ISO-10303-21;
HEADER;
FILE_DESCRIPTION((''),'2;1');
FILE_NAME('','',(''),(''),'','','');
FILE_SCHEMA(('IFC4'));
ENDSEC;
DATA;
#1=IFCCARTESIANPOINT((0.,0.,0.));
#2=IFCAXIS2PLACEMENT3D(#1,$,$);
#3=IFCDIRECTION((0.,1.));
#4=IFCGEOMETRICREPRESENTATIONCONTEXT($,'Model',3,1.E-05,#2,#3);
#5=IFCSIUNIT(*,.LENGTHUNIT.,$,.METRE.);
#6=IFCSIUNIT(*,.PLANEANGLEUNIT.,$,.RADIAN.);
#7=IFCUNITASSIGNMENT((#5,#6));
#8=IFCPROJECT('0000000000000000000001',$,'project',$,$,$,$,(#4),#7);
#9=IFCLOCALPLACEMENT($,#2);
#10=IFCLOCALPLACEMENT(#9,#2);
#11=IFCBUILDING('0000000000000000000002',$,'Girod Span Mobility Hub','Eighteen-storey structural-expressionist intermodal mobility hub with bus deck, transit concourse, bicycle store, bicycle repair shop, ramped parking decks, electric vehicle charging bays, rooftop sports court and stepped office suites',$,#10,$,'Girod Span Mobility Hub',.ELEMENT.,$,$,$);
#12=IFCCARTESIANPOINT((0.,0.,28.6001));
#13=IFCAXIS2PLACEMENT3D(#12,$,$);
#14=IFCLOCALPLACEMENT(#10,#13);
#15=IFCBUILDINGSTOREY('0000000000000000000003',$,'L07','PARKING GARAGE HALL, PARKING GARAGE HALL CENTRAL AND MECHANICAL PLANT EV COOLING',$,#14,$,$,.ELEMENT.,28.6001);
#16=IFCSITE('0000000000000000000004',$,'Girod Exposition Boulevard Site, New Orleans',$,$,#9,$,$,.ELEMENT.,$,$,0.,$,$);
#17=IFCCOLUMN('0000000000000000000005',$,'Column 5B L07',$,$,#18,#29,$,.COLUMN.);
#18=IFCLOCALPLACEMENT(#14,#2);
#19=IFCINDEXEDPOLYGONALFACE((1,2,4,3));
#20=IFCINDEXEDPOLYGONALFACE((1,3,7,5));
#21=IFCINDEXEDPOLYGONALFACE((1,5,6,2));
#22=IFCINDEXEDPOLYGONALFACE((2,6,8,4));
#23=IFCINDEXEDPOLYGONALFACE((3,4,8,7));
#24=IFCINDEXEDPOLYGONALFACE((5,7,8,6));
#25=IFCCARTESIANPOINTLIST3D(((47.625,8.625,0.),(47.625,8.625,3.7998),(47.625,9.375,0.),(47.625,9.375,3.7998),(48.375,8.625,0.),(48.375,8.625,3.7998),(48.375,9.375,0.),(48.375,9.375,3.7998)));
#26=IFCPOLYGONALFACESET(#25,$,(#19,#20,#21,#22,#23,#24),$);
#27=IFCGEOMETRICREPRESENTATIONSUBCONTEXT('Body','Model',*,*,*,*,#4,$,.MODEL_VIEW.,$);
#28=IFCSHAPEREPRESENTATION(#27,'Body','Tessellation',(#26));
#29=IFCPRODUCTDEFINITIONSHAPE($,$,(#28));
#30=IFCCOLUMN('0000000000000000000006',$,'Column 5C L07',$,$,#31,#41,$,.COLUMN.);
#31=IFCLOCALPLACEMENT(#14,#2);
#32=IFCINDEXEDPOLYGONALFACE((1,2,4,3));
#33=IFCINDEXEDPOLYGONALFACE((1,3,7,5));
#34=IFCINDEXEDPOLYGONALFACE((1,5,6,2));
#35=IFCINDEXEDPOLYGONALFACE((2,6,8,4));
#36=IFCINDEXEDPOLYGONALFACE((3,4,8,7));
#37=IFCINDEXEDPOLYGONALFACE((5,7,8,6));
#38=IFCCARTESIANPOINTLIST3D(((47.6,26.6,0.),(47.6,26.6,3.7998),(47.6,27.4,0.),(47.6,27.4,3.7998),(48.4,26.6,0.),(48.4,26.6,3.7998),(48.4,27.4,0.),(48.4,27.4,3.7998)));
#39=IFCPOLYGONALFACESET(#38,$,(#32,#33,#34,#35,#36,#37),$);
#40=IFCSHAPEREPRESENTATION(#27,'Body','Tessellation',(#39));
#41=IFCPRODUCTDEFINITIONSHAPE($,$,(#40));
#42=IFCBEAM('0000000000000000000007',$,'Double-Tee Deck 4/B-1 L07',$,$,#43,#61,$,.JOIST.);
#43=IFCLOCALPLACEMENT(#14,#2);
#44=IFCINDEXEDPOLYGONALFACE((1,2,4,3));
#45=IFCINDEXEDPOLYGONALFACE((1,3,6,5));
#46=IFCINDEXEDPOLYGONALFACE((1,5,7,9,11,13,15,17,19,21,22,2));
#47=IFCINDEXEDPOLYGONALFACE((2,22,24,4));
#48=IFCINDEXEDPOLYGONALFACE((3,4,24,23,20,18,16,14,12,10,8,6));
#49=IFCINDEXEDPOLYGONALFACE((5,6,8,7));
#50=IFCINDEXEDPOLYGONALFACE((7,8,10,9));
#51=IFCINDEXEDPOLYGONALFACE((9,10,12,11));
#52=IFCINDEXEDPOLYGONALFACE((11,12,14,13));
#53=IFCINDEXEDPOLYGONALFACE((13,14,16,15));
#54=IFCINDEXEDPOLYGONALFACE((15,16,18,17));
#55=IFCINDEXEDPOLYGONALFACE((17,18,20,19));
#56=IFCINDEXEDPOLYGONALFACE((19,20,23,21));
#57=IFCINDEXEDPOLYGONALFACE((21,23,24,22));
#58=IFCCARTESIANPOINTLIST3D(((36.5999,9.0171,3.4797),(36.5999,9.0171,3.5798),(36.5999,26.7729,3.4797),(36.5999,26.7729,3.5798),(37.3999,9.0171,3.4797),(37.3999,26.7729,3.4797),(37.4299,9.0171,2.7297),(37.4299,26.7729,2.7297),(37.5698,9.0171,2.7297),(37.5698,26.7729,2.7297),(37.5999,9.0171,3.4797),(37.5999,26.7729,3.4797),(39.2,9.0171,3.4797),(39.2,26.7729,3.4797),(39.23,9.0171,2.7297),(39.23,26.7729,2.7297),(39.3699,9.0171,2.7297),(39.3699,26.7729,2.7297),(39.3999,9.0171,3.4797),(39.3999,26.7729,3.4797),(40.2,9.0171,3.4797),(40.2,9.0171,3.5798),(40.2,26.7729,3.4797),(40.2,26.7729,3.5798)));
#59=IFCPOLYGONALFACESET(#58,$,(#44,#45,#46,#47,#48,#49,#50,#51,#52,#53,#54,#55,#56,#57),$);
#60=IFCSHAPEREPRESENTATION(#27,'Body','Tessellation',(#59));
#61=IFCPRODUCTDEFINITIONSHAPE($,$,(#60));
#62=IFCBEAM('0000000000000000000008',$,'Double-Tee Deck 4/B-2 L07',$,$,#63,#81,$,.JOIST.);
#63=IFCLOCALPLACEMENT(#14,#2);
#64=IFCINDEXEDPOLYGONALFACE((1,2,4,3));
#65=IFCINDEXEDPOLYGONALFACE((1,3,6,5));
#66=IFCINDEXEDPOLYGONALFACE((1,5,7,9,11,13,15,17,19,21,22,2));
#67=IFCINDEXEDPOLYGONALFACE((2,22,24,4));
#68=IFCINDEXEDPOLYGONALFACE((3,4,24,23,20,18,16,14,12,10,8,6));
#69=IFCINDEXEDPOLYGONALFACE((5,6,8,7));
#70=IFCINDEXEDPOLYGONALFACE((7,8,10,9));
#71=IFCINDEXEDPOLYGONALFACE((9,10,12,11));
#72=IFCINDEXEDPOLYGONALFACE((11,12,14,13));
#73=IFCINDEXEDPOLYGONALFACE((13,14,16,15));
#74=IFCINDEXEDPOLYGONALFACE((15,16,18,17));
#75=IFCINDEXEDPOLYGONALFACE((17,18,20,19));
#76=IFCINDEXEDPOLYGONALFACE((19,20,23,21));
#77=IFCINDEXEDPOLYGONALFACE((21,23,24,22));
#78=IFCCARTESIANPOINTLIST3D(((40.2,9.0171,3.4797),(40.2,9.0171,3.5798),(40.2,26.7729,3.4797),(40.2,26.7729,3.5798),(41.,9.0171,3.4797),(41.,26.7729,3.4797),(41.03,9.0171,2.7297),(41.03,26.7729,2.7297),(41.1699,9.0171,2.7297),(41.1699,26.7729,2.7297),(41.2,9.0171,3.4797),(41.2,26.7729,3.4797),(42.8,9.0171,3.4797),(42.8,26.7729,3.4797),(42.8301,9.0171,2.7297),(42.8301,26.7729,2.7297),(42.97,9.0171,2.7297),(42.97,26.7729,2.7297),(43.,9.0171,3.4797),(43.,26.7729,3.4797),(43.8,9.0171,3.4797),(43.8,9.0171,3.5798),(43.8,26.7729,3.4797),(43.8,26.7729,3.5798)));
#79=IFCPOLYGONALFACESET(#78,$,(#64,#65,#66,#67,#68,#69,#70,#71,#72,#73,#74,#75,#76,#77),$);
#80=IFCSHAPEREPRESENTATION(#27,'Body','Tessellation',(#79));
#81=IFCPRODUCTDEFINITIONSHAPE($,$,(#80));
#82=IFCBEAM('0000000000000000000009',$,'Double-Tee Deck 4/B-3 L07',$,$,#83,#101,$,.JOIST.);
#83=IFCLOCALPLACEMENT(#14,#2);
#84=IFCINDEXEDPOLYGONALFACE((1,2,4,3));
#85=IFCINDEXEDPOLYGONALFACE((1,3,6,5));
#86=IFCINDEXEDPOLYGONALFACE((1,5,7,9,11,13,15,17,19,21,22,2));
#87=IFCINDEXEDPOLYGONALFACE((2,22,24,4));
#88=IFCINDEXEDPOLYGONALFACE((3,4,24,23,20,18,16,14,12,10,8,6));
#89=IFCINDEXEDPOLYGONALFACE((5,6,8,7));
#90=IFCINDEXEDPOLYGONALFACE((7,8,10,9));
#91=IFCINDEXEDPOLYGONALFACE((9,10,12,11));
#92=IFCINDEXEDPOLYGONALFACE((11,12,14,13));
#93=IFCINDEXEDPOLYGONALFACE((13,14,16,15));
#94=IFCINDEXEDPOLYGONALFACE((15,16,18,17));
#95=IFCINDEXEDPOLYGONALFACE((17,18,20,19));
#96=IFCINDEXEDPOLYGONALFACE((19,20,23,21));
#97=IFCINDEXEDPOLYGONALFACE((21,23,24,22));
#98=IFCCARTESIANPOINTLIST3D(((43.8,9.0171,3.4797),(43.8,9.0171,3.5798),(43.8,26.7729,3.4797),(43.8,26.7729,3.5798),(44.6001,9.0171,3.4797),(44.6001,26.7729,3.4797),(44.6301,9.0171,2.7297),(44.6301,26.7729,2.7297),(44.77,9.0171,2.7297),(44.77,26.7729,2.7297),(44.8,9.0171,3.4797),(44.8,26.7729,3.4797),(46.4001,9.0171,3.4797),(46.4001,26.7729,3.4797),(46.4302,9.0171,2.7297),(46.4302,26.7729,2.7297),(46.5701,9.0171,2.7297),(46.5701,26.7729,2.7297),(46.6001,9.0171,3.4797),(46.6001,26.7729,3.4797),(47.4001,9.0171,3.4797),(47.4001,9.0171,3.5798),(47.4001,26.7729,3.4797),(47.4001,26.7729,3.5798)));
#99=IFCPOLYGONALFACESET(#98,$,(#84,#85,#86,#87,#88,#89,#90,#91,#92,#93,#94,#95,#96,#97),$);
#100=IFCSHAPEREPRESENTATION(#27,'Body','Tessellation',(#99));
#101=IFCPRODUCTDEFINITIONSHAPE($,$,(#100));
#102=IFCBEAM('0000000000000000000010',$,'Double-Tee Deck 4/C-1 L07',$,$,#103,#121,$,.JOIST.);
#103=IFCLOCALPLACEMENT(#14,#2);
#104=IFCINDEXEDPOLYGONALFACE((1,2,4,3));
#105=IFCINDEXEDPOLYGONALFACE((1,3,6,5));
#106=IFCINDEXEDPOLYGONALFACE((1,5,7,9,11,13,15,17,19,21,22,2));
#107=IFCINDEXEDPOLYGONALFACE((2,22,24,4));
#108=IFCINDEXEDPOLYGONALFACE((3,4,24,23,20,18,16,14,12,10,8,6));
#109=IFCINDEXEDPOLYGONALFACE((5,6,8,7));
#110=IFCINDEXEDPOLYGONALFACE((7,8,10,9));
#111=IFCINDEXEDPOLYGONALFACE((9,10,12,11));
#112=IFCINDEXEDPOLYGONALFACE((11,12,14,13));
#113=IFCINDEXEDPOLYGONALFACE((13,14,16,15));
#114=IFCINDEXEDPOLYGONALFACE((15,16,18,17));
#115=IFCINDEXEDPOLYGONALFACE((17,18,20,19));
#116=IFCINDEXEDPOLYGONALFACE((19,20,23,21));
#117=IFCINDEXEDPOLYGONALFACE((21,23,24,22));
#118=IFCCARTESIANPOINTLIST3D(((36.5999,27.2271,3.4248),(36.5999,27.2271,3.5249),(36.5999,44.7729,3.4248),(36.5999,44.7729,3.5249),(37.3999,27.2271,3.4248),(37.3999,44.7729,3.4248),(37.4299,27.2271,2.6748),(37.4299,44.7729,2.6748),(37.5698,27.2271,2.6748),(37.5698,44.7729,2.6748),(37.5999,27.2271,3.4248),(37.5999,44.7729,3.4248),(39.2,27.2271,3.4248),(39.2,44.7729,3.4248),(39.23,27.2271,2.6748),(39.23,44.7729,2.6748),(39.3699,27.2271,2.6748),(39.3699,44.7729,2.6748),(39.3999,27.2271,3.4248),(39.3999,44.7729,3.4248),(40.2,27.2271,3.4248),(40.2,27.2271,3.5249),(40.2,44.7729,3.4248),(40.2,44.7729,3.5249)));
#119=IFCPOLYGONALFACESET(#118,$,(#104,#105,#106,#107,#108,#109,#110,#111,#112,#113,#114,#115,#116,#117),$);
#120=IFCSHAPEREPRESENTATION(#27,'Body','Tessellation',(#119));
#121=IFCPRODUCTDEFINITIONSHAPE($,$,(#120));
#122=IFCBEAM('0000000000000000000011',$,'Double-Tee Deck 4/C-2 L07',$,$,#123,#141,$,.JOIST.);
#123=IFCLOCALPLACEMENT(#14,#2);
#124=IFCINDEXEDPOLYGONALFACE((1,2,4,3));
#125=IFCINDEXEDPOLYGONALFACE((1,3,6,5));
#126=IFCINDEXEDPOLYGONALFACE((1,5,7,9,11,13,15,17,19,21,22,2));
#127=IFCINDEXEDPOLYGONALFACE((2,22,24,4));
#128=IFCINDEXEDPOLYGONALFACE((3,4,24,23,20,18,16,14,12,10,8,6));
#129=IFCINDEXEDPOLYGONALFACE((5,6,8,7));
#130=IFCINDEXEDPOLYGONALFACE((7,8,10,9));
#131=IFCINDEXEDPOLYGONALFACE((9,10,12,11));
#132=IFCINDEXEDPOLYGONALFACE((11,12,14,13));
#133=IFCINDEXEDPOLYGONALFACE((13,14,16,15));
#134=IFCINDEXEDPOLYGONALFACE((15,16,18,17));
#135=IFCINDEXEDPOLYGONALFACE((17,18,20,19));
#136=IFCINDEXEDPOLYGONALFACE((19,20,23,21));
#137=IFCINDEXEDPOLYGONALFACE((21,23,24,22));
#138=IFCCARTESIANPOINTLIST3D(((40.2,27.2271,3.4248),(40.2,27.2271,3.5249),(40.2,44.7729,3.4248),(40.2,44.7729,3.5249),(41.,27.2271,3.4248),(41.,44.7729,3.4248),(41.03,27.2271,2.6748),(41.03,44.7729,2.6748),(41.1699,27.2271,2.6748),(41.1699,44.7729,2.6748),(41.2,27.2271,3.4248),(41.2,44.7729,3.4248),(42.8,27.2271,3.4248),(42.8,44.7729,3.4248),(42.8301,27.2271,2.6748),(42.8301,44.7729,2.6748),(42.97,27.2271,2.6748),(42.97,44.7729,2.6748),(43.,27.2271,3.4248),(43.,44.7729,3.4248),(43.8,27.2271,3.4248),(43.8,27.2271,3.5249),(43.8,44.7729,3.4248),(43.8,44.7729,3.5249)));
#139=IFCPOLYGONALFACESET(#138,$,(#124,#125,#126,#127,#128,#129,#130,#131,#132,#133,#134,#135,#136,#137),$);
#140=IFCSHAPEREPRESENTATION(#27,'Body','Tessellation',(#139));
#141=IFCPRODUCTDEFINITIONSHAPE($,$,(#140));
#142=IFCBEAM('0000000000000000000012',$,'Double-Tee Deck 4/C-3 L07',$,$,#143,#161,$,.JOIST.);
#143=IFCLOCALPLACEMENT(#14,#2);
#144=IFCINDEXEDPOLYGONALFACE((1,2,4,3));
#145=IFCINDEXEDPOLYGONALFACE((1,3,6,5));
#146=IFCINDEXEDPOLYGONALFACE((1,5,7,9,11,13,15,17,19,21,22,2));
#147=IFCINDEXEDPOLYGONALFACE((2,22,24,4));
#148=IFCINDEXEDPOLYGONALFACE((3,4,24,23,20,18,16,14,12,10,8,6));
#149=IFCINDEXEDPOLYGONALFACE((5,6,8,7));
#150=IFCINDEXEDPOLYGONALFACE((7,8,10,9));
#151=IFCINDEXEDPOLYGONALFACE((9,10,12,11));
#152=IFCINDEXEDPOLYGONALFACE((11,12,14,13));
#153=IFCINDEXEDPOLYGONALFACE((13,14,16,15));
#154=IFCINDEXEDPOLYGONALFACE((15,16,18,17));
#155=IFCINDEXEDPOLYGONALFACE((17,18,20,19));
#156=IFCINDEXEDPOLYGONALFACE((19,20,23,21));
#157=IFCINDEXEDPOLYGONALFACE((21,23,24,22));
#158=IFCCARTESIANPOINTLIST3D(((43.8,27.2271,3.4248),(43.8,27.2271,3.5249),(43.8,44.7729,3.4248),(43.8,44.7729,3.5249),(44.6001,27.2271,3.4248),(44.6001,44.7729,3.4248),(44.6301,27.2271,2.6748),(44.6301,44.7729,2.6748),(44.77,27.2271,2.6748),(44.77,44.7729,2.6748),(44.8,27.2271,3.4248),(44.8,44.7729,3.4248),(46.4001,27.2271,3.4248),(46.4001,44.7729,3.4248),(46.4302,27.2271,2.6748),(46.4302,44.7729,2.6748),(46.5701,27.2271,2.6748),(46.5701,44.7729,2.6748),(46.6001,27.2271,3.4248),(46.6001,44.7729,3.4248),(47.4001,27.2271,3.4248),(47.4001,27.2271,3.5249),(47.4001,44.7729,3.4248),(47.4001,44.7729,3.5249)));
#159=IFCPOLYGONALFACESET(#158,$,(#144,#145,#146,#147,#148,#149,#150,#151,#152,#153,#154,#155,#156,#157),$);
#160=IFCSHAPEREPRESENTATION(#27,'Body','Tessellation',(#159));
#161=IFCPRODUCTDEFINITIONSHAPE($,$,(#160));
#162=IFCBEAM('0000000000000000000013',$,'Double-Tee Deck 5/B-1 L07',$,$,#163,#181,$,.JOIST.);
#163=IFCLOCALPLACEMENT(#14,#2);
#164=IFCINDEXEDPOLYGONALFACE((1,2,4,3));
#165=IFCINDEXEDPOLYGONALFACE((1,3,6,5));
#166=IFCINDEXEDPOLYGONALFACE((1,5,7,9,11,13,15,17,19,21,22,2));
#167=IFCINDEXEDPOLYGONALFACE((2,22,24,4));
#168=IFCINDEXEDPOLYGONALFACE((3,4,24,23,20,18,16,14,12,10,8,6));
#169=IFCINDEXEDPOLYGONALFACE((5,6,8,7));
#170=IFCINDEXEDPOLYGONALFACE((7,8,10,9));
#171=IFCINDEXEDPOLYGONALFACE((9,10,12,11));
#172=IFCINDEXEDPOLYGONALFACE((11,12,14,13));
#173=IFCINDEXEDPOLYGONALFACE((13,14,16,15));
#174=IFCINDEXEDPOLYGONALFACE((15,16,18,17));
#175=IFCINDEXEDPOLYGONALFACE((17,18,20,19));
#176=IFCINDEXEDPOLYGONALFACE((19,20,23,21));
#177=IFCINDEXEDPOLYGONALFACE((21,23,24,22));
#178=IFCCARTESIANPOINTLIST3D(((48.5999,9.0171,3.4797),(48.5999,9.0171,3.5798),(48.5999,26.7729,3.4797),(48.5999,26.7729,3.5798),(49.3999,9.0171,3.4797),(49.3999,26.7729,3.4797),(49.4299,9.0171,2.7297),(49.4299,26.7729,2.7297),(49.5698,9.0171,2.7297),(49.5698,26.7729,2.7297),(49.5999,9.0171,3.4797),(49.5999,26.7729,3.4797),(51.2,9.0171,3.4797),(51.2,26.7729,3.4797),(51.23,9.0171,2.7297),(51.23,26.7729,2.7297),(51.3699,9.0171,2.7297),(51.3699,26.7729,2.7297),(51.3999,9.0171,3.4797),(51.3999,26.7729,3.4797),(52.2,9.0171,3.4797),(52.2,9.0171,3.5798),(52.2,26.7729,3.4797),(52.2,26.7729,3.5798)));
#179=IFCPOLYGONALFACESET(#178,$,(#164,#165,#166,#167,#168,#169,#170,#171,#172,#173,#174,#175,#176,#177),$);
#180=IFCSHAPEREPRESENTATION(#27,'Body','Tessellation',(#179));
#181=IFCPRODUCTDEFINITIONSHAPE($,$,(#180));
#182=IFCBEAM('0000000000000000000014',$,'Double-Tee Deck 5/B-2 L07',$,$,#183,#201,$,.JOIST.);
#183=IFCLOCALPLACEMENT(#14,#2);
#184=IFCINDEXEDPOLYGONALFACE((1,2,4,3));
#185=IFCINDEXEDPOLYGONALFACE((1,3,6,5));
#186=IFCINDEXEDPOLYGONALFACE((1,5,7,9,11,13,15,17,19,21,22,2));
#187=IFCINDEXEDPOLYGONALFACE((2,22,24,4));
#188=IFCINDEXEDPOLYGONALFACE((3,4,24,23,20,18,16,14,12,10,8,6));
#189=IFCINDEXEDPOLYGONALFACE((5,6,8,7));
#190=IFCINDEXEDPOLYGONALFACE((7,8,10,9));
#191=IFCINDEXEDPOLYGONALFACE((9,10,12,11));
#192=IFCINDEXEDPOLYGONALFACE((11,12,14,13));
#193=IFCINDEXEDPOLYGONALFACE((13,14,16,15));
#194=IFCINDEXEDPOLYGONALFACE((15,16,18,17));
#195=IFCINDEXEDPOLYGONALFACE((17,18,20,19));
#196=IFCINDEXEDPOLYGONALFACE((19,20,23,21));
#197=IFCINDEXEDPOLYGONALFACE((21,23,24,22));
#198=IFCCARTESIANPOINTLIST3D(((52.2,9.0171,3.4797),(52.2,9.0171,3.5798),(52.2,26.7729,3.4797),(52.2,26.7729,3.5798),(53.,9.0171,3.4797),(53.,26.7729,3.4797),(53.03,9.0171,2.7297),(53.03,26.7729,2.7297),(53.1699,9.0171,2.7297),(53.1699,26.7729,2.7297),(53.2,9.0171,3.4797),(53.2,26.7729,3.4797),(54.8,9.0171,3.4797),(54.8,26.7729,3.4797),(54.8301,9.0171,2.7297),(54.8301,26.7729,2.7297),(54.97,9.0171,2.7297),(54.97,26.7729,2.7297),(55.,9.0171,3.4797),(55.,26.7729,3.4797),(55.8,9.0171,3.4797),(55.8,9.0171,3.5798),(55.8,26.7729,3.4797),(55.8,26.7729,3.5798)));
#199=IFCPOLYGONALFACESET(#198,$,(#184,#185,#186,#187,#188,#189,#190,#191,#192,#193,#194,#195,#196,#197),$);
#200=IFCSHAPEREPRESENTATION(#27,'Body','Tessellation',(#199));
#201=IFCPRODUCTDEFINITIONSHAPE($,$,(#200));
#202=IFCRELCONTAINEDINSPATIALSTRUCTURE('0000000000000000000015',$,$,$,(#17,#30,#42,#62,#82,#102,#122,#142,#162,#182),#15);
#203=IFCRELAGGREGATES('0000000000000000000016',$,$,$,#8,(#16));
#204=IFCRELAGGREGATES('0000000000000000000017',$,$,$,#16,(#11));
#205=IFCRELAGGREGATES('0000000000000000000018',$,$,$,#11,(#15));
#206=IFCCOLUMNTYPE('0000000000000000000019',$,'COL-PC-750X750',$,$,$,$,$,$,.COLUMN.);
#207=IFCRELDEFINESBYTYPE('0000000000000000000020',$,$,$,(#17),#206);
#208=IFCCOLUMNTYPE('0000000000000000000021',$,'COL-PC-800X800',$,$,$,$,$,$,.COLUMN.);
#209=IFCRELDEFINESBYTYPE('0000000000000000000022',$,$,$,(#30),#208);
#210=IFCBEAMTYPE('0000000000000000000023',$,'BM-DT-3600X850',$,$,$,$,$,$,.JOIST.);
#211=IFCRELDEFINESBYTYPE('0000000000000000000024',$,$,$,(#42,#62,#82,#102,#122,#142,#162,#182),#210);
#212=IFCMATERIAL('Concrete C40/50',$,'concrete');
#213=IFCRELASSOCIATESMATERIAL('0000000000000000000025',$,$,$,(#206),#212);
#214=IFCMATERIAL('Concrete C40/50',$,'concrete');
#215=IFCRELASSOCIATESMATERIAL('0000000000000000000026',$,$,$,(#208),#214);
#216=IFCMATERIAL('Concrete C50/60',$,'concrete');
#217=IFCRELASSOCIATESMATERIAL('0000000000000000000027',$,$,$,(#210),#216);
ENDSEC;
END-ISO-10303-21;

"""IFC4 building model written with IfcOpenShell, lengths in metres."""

from ifc_helpers import new_model, si_unit, direction, frame, origin, origin_2d, place, context, subcontext, project, spatial, polyline, rectangle, outline, extrude, material, material_profile, profile_set, type_object, element, save


model = new_model("IFC4")

# Units and contexts
model_context = context("Model", 3, precision=1e-05, world=origin(), true_north=direction((0.0, 1.0)))
body_context = subcontext(model_context, "Body", "Model", "MODEL_VIEW")
ifc_project = project(units=[si_unit("LENGTHUNIT", "METRE"), si_unit("PLANEANGLEUNIT", "RADIAN")], contexts=[model_context])

# Site, building, storey
site_placement = place(None, origin())
site = spatial("IfcSite", under=ifc_project, at=site_placement, Name="Girod Exposition Boulevard Site, New Orleans", CompositionType="ELEMENT", RefElevation=0.0)
building_placement = place(site_placement, origin())
building = spatial("IfcBuilding", under=site, at=building_placement, Name="Girod Span Mobility Hub", Description="Eighteen-storey structural-expressionist intermodal mobility hub with bus deck, transit concourse, bicycle store, bicycle repair shop, ramped parking decks, electric vehicle charging bays, rooftop sports court and stepped office suites", LongName="Girod Span Mobility Hub", CompositionType="ELEMENT")
storey_placement = place(building_placement, frame((0.0, 0.0, 28.6001)))
storey = spatial("IfcBuildingStorey", under=building, at=storey_placement, Name="L07", Description="PARKING GARAGE HALL, PARKING GARAGE HALL CENTRAL AND MECHANICAL PLANT EV COOLING", CompositionType="ELEMENT", Elevation=28.6001)

# Columns
ifc_material_1 = material(Name="Concrete C40/50", Category="concrete")
ifc_material_profile_1 = material_profile(ifc_material_1, rectangle(XDim=0.75, YDim=0.75, at=origin_2d()), Name="PC-COL-750X750")
ifc_profile_set_1 = profile_set([ifc_material_profile_1], Name="Concrete C40/50")
column_type_1 = type_object("IfcColumnType", Name="COL-PC-750X750", PredefinedType="COLUMN", material=ifc_profile_set_1)
column_1_placement = place(storey_placement, frame((48.0, 9.0, 0.0), z_axis=(0.0, 0.0, 1.0), x_axis=(1.0, 0.0, 0.0)))
element("IfcColumn", 1, at=column_1_placement, inside=storey, type_object=column_type_1, Name="Column 5B L07", PredefinedType="COLUMN", context=body_context, shape_type="SweptSolid", body=[
    extrude(rectangle(XDim=0.75, YDim=0.75, at=origin_2d()), origin(), (0.0, 0.0, 1.0), 3.7998),
])
ifc_material_2 = material(Name="Concrete C40/50", Category="concrete")
ifc_material_profile_2 = material_profile(ifc_material_2, rectangle(XDim=0.8, YDim=0.8, at=origin_2d()), Name="PC-COL-800X800")
ifc_profile_set_2 = profile_set([ifc_material_profile_2], Name="Concrete C40/50")
column_type_2 = type_object("IfcColumnType", Name="COL-PC-800X800", PredefinedType="COLUMN", material=ifc_profile_set_2)
column_2_placement = place(storey_placement, frame((48.0, 27.0, 0.0), z_axis=(0.0, 0.0, 1.0), x_axis=(1.0, 0.0, 0.0)))
element("IfcColumn", 2, at=column_2_placement, inside=storey, type_object=column_type_2, Name="Column 5C L07", PredefinedType="COLUMN", context=body_context, shape_type="SweptSolid", body=[
    extrude(rectangle(XDim=0.8, YDim=0.8, at=origin_2d()), origin(), (0.0, 0.0, 1.0), 3.7998),
])

# Beams
ifc_material_3 = material(Name="Concrete C50/60", Category="concrete")
ifc_material_profile_3 = material_profile(ifc_material_3, outline(polyline([(-1.8, 0.425), (-1.8, 0.325), (-1.0, 0.325), (-0.97, -0.425), (-0.8301, -0.425), (-0.8, 0.325), (0.8, 0.325), (0.8301, -0.425), (0.97, -0.425), (1.0, 0.325), (1.8, 0.325), (1.8, 0.425), (-1.8, 0.425)])), Name="DT-3600X850")
ifc_profile_set_3 = profile_set([ifc_material_profile_3], Name="Concrete C50/60")
beam_type_1 = type_object("IfcBeamType", Name="BM-DT-3600X850", PredefinedType="JOIST", material=ifc_profile_set_3)
for number, where, z_axis, x_axis, name in (
    (3, (38.3999, 9.0171, 3.1548), (0.0, 1.0, 0.0), (-1.0, 0.0, 0.0), "Double-Tee Deck 4/B-1 L07"),
    (4, (42.0, 9.0171, 3.1548), (0.0, 1.0, 0.0), (-1.0, 0.0, 0.0), "Double-Tee Deck 4/B-2 L07"),
    (5, (45.6001, 9.0171, 3.1548), (0.0, 1.0, 0.0), (-1.0, 0.0, 0.0), "Double-Tee Deck 4/B-3 L07"),
):
    element("IfcBeam", number, at=place(storey_placement, frame(where, z_axis=z_axis, x_axis=x_axis)), inside=storey, type_object=beam_type_1, Name=name, PredefinedType="JOIST", context=body_context, shape_type="SweptSolid", body=[
        extrude(outline(polyline([(-1.8, 0.425), (-1.8, 0.325), (-1.0, 0.325), (-0.97, -0.425), (-0.8301, -0.425), (-0.8, 0.325), (0.8, 0.325), (0.8301, -0.425), (0.97, -0.425), (1.0, 0.325), (1.8, 0.325), (1.8, 0.425), (-1.8, 0.425)])), origin(), (0.0, 0.0, 1.0), 17.7559),
    ])
for number, where, z_axis, x_axis, name in (
    (6, (38.3999, 27.2271, 3.0999), (0.0, 1.0, 0.0), (-1.0, 0.0, 0.0), "Double-Tee Deck 4/C-1 L07"),
    (7, (42.0, 27.2271, 3.0999), (0.0, 1.0, 0.0), (-1.0, 0.0, 0.0), "Double-Tee Deck 4/C-2 L07"),
    (8, (45.6001, 27.2271, 3.0999), (0.0, 1.0, 0.0), (-1.0, 0.0, 0.0), "Double-Tee Deck 4/C-3 L07"),
):
    element("IfcBeam", number, at=place(storey_placement, frame(where, z_axis=z_axis, x_axis=x_axis)), inside=storey, type_object=beam_type_1, Name=name, PredefinedType="JOIST", context=body_context, shape_type="SweptSolid", body=[
        extrude(outline(polyline([(-1.8, 0.425), (-1.8, 0.325), (-1.0, 0.325), (-0.97, -0.425), (-0.8301, -0.425), (-0.8, 0.325), (0.8, 0.325), (0.8301, -0.425), (0.97, -0.425), (1.0, 0.325), (1.8, 0.325), (1.8, 0.425), (-1.8, 0.425)])), origin(), (0.0, 0.0, 1.0), 17.5459),
    ])
for number, where, z_axis, x_axis, name in (
    (9, (50.3999, 9.0171, 3.1548), (0.0, 1.0, 0.0), (-1.0, 0.0, 0.0), "Double-Tee Deck 5/B-1 L07"),
    (10, (54.0, 9.0171, 3.1548), (0.0, 1.0, 0.0), (-1.0, 0.0, 0.0), "Double-Tee Deck 5/B-2 L07"),
):
    element("IfcBeam", number, at=place(storey_placement, frame(where, z_axis=z_axis, x_axis=x_axis)), inside=storey, type_object=beam_type_1, Name=name, PredefinedType="JOIST", context=body_context, shape_type="SweptSolid", body=[
        extrude(outline(polyline([(-1.8, 0.425), (-1.8, 0.325), (-1.0, 0.325), (-0.97, -0.425), (-0.8301, -0.425), (-0.8, 0.325), (0.8, 0.325), (0.8301, -0.425), (0.97, -0.425), (1.0, 0.325), (1.8, 0.325), (1.8, 0.425), (-1.8, 0.425)])), origin(), (0.0, 0.0, 1.0), 17.7559),
    ])

save(model, "model.ifc")
